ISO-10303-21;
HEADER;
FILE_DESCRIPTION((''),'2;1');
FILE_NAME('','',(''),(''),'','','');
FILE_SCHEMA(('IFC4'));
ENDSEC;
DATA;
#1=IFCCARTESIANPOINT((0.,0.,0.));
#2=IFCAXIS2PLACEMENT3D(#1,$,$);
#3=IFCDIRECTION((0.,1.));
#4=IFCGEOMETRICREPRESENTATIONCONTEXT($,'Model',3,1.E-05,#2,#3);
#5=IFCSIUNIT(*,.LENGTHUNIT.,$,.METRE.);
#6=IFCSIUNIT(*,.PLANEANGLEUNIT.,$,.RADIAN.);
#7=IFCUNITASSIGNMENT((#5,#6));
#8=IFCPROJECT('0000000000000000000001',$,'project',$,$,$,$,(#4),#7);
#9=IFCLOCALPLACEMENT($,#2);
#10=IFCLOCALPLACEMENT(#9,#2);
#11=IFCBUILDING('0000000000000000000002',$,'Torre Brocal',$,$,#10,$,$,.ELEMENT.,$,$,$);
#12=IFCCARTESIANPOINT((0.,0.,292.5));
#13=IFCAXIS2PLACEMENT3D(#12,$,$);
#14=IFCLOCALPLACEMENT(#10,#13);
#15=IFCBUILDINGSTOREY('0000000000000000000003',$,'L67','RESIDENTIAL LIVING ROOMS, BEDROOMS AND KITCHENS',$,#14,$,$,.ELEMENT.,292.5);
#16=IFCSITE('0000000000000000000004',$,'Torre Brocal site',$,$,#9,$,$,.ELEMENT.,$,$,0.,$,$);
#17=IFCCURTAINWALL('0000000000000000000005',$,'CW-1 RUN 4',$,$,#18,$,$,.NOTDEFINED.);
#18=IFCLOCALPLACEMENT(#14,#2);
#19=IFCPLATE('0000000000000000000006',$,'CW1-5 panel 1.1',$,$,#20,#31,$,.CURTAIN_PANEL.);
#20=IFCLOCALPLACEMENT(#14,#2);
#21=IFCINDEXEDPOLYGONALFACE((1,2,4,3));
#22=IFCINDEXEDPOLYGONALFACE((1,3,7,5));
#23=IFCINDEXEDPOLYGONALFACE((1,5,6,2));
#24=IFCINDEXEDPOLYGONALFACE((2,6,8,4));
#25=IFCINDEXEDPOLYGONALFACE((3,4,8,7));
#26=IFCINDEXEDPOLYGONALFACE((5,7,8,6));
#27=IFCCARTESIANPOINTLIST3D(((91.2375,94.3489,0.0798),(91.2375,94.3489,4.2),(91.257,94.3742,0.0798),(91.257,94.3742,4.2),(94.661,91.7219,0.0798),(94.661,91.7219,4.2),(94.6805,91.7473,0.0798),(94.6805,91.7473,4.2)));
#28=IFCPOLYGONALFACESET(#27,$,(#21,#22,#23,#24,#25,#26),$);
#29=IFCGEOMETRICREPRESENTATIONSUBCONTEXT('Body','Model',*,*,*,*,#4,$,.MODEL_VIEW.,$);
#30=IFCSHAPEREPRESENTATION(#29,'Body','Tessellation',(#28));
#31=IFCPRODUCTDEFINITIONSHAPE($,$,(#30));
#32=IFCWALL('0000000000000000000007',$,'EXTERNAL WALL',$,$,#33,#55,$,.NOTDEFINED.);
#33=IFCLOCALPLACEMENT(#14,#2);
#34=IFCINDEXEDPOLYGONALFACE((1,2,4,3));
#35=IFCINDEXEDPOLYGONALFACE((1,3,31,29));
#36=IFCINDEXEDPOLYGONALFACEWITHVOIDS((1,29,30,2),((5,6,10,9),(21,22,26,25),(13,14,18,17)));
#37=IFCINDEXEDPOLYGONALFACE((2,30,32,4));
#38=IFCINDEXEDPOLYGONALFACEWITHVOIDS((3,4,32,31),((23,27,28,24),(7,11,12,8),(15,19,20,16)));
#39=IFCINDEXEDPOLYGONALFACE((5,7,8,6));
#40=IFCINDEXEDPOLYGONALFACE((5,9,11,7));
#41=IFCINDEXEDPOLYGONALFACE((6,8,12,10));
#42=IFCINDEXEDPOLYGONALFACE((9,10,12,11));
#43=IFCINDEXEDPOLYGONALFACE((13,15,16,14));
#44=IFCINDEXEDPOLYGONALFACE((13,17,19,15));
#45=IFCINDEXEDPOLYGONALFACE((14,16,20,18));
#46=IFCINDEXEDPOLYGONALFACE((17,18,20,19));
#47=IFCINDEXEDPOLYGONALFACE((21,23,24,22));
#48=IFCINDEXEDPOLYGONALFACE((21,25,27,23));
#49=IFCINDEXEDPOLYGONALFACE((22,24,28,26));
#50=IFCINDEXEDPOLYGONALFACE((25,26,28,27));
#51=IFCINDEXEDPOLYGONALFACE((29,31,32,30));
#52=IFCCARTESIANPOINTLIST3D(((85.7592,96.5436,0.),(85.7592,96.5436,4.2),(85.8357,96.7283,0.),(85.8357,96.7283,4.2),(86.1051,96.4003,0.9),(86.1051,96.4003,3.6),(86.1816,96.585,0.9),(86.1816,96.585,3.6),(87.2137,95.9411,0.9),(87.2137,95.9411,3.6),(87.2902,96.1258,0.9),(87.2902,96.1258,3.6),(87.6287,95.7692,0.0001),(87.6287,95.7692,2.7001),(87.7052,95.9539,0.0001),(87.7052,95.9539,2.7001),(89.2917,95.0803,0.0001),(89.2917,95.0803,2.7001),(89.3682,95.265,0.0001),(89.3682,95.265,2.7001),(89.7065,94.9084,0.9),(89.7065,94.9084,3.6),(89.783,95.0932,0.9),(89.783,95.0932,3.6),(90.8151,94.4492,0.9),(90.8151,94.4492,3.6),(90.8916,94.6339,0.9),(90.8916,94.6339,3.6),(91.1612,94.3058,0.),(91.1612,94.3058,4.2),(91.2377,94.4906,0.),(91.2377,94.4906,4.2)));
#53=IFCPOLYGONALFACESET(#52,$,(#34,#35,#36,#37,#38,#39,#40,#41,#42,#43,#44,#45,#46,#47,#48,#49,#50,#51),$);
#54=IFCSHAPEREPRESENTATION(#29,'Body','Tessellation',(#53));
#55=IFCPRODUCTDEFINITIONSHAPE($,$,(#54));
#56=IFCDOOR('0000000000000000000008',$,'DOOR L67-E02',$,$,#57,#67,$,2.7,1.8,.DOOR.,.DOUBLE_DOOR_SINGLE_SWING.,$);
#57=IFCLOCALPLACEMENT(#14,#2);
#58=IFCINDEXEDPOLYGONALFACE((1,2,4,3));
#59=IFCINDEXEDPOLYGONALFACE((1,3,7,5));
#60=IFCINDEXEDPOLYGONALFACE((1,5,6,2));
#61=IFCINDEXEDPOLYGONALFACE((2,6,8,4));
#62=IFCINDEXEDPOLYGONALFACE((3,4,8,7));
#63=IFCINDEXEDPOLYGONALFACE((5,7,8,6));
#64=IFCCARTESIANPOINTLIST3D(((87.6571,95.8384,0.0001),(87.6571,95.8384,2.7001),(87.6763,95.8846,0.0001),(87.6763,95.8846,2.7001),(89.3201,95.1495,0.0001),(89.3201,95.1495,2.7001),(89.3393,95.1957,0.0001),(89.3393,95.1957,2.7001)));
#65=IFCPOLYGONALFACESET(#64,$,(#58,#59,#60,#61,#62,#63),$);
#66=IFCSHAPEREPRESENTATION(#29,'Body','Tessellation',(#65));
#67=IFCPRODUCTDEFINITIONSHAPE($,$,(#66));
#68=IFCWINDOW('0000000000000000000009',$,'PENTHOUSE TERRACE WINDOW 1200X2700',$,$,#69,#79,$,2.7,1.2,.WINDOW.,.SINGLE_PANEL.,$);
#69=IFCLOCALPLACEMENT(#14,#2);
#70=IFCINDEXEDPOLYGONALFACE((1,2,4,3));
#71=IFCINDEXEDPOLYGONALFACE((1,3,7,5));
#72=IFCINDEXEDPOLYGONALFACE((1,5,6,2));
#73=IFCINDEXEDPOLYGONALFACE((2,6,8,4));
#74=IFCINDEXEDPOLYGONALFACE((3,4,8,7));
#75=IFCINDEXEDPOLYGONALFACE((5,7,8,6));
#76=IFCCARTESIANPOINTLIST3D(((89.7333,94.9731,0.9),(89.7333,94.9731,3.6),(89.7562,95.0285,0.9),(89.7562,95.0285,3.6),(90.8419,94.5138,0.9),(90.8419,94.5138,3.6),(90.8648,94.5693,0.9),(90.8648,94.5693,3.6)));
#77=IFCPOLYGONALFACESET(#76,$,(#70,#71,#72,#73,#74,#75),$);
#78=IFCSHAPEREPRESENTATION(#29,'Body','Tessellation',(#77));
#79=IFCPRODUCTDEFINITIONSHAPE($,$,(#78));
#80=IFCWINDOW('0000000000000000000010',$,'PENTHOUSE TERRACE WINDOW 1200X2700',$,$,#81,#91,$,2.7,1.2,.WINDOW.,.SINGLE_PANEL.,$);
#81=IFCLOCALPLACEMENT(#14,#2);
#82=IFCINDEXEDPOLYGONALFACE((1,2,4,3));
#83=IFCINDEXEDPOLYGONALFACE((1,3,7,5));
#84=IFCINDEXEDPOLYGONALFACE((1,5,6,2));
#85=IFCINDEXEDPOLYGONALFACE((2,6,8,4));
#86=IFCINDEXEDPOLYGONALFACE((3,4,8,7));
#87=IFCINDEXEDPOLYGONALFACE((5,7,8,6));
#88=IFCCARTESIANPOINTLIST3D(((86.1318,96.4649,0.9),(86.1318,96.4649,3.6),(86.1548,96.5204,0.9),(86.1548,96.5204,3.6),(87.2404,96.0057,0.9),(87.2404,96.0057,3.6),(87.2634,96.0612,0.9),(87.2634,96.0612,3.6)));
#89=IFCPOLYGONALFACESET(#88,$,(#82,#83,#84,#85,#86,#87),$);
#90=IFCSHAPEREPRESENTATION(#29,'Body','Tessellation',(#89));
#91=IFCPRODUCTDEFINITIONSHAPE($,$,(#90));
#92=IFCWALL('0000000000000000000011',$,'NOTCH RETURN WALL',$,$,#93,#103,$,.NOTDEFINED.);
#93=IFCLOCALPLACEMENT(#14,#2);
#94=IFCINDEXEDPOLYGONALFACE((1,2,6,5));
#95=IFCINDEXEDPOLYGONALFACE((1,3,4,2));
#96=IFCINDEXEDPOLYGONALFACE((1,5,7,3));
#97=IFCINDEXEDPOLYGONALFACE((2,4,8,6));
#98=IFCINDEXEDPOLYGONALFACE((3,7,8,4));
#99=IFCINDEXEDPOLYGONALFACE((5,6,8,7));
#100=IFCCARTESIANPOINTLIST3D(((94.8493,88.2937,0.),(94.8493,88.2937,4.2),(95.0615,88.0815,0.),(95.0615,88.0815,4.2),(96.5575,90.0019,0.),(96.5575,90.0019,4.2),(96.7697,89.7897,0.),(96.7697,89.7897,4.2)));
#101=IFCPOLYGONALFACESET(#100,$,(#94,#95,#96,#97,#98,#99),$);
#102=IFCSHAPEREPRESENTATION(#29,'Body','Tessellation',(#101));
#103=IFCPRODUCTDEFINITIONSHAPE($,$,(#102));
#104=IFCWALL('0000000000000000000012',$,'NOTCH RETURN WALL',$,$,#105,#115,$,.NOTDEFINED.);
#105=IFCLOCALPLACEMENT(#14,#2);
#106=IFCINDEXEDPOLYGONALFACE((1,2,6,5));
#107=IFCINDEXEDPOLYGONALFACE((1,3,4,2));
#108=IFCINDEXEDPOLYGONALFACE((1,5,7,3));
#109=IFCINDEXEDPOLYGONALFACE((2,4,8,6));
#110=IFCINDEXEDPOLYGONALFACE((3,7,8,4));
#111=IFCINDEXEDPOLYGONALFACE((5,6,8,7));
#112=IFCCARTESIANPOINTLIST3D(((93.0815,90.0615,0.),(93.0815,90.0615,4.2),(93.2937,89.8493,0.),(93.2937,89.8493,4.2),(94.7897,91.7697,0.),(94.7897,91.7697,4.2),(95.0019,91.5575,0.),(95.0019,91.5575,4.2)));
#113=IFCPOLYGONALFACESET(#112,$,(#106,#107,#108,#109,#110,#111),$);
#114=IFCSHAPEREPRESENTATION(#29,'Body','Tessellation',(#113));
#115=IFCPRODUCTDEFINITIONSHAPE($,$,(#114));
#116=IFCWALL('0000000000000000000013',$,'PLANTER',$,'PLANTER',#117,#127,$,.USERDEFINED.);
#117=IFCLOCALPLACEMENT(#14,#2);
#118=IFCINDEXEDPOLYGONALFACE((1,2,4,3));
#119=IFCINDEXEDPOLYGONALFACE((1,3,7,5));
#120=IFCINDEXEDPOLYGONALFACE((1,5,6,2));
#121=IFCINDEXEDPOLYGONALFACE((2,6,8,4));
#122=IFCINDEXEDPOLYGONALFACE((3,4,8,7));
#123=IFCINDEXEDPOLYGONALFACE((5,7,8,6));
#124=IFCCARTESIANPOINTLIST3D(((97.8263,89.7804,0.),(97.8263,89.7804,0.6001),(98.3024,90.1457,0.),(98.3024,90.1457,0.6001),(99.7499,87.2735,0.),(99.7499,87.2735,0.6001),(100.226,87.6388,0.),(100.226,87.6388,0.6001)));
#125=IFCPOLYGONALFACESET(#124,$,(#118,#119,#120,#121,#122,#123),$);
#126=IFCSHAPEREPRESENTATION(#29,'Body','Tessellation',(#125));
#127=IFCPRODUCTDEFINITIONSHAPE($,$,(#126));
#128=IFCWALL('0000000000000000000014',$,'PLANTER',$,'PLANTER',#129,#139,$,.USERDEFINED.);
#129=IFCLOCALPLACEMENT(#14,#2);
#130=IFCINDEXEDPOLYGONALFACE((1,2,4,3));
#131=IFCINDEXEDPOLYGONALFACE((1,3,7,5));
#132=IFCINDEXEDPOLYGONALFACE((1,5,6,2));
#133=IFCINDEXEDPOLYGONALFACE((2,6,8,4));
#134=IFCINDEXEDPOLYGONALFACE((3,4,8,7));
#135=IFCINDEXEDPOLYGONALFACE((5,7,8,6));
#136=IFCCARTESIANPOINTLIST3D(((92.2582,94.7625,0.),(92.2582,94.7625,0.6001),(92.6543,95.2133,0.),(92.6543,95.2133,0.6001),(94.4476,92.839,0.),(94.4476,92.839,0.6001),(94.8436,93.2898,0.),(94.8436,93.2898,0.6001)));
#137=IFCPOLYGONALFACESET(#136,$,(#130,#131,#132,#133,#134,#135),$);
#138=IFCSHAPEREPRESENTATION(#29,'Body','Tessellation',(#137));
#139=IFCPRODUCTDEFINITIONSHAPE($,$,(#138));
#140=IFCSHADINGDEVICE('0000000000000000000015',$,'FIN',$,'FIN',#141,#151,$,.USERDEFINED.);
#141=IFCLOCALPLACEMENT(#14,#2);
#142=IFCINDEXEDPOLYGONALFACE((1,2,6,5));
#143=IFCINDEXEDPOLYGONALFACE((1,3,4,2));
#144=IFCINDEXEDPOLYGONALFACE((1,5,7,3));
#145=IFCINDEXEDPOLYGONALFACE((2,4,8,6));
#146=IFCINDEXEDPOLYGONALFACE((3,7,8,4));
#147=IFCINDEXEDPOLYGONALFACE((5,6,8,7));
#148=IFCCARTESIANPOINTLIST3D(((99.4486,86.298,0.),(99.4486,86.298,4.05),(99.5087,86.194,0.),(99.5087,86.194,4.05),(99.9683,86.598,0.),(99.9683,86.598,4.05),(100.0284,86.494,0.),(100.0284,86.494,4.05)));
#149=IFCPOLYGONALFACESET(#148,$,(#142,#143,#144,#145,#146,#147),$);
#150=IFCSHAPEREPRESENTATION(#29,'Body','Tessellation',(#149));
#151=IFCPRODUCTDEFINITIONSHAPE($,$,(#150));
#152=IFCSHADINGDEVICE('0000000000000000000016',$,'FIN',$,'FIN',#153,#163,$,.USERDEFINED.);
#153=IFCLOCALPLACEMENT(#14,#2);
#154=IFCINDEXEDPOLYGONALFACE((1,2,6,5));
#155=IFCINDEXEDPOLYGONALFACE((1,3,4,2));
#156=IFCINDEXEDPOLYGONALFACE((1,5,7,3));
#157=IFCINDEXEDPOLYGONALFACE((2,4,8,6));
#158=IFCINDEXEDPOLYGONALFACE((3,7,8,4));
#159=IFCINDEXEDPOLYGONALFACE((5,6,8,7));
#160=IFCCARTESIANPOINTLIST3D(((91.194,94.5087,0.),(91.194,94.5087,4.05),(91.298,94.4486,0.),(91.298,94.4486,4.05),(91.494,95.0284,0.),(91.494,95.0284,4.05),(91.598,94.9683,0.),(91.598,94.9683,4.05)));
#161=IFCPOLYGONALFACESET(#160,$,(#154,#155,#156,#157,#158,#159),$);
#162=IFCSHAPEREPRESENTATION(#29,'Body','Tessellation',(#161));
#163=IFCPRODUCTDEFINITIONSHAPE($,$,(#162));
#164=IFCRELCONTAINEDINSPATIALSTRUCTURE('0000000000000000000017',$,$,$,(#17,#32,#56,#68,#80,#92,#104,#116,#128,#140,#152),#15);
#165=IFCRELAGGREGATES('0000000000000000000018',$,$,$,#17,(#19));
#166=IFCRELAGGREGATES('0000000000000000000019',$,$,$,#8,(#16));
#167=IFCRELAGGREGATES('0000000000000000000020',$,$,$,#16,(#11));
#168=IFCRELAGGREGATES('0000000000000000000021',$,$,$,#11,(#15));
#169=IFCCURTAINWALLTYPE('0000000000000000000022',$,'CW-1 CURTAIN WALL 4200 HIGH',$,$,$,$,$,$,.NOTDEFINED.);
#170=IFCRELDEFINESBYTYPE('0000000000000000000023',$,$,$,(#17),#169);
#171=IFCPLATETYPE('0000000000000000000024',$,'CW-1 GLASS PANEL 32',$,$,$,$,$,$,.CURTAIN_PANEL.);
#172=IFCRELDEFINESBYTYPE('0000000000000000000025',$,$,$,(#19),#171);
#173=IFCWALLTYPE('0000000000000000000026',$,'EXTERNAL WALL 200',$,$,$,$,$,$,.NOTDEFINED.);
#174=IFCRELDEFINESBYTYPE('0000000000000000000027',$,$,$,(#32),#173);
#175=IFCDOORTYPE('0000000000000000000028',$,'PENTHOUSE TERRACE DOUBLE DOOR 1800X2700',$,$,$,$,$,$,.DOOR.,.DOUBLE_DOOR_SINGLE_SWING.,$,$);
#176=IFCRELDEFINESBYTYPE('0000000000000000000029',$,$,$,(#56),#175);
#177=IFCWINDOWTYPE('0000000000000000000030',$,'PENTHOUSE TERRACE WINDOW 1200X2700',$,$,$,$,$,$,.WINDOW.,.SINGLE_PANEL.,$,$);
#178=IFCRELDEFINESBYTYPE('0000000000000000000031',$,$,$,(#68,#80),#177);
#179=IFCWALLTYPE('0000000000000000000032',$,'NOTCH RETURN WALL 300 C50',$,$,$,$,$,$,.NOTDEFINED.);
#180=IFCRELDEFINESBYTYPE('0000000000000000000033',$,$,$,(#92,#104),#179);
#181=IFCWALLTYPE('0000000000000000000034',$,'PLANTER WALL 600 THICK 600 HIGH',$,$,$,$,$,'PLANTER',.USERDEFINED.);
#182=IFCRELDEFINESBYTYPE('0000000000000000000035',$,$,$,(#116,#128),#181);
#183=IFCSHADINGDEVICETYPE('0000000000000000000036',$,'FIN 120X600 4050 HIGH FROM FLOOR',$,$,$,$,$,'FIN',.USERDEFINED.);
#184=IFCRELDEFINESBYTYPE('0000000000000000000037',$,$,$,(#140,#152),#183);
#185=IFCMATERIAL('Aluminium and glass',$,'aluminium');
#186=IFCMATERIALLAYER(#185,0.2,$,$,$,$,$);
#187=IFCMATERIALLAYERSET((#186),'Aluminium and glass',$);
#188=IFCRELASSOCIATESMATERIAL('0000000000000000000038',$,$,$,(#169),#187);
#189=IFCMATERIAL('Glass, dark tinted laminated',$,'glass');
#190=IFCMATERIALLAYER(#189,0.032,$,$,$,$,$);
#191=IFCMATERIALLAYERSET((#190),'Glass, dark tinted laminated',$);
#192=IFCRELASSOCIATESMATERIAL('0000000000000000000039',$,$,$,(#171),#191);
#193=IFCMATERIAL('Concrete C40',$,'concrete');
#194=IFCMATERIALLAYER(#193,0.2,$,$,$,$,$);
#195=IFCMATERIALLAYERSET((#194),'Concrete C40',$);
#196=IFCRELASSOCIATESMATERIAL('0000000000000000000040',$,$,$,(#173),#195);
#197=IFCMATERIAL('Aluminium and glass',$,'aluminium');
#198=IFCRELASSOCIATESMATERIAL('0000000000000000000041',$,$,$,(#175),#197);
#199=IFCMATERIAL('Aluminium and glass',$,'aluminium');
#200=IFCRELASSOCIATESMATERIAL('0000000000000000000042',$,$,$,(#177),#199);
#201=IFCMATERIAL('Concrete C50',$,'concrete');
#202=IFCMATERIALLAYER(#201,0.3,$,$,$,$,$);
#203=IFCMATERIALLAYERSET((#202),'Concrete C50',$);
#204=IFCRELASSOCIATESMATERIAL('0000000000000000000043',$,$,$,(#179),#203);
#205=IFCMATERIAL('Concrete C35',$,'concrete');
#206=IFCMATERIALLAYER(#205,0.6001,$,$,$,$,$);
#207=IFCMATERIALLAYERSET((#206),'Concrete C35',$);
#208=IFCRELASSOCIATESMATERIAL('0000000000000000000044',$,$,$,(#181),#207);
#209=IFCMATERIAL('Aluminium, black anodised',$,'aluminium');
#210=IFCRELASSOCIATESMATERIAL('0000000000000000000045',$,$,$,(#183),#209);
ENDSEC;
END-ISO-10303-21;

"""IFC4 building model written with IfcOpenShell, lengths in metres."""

from ifc_helpers import new_model, si_unit, direction, frame, frame_2d, origin, origin_2d, place, context, subcontext, project, spatial, rectangle, extrude, material, layer, layer_set, material_profile, profile_set, type_object, element, fill, aggregate, save


model = new_model("IFC4")

# Units and contexts
model_context = context("Model", 3, precision=1e-05, world=origin(), true_north=direction((0.0, 1.0)))
body_context = subcontext(model_context, "Body", "Model", "MODEL_VIEW")
ifc_project = project(units=[si_unit("LENGTHUNIT", "METRE"), si_unit("PLANEANGLEUNIT", "RADIAN")], contexts=[model_context])

# Site, building, storey
site_placement = place(None, origin())
site = spatial("IfcSite", under=ifc_project, at=site_placement, Name="Torre Brocal site", CompositionType="ELEMENT", RefElevation=0.0)
building_placement = place(site_placement, origin())
building = spatial("IfcBuilding", under=site, at=building_placement, Name="Torre Brocal", CompositionType="ELEMENT")
storey_placement = place(building_placement, frame((0.0, 0.0, 292.5)))
storey = spatial("IfcBuildingStorey", under=building, at=storey_placement, Name="L67", Description="RESIDENTIAL LIVING ROOMS, BEDROOMS AND KITCHENS", CompositionType="ELEMENT", Elevation=292.5)

# Curtain wall
ifc_material_1 = material(Name="Aluminium and glass", Category="aluminium")
ifc_layer_1 = layer(ifc_material_1, 0.2)
ifc_layer_set_1 = layer_set([ifc_layer_1], Name="Aluminium and glass")
curtain_wall_type = type_object("IfcCurtainWallType", Name="CW-1 CURTAIN WALL 4200 HIGH", PredefinedType="NOTDEFINED", material=ifc_layer_set_1)
curtain_wall_1_placement = place(storey_placement, origin())
curtain_wall_1 = element("IfcCurtainWall", 1, at=curtain_wall_1_placement, inside=storey, type_object=curtain_wall_type, Name="CW-1 RUN 4", PredefinedType="NOTDEFINED")

# Plate
ifc_material_2 = material(Name="Glass, dark tinted laminated", Category="glass")
ifc_layer_2 = layer(ifc_material_2, 0.032)
ifc_layer_set_2 = layer_set([ifc_layer_2], Name="Glass, dark tinted laminated")
plate_type = type_object("IfcPlateType", Name="CW-1 GLASS PANEL 32", PredefinedType="CURTAIN_PANEL", material=ifc_layer_set_2)
plate_1_placement = place(storey_placement, frame((92.959, 93.0481, 0.0798), z_axis=(0.0, 0.0, 1.0), x_axis=(-0.793353, 0.608761, 0.0)))
plate_1 = element("IfcPlate", 2, at=plate_1_placement, type_object=plate_type, Name="CW1-5 panel 1.1", PredefinedType="CURTAIN_PANEL", context=body_context, shape_type="SweptSolid", body=[
    extrude(rectangle(XDim=4.3152, YDim=0.032, at=origin_2d()), origin(), (0.0, 0.0, 1.0), 4.1201),
])
aggregate(curtain_wall_1, [plate_1])

# Wall, openings, door, windows
ifc_material_3 = material(Name="Concrete C40", Category="concrete")
ifc_layer_3 = layer(ifc_material_3, 0.2)
ifc_layer_set_3 = layer_set([ifc_layer_3], Name="Concrete C40")
wall_type_1 = type_object("IfcWallType", Name="EXTERNAL WALL 200", PredefinedType="NOTDEFINED", material=ifc_layer_set_3)
wall_1_placement = place(storey_placement, frame((91.1995, 94.3982, 0.0), z_axis=(0.0, 0.0, 1.0), x_axis=(-0.923869, 0.382708, 0.0)))
wall_1 = element("IfcWall", 3, at=wall_1_placement, inside=storey, type_object=wall_type_1, Name="EXTERNAL WALL", PredefinedType="NOTDEFINED", context=body_context, shape_type="SweptSolid", body=[
    extrude(rectangle(XDim=5.8472, YDim=0.2, at=frame_2d((2.9236, 0.0))), origin(), (0.0, 0.0, 1.0), 4.2),
])
opening_1_placement = place(wall_1_placement, frame((0.3745, 0.0, 0.8999)))
opening_1 = element("IfcOpeningElement", 4, at=opening_1_placement, cuts=wall_1, PredefinedType="OPENING", context=body_context, shape_type="SweptSolid", body=[
    extrude(rectangle(XDim=1.2, YDim=2.7, at=frame_2d((0.6001, 1.3501))), frame((0.0, 0.1099, 0.0), z_axis=(0.0, -1.0, 0.0), x_axis=(1.0, 0.0, 0.0)), (0.0, 0.0, 1.0), 0.22),
])
opening_2_placement = place(wall_1_placement, frame((2.0237, 0.0, 0.0)))
opening_2 = element("IfcOpeningElement", 5, at=opening_2_placement, cuts=wall_1, PredefinedType="OPENING", context=body_context, shape_type="SweptSolid", body=[
    extrude(rectangle(XDim=1.8, YDim=2.7, at=frame_2d((0.8999, 1.3501))), frame((0.0, 0.1099, 0.0), z_axis=(0.0, -1.0, 0.0), x_axis=(1.0, 0.0, 0.0)), (0.0, 0.0, 1.0), 0.22),
])
opening_3_placement = place(wall_1_placement, frame((4.2727, 0.0, 0.8999)))
opening_3 = element("IfcOpeningElement", 6, at=opening_3_placement, cuts=wall_1, PredefinedType="OPENING", context=body_context, shape_type="SweptSolid", body=[
    extrude(rectangle(XDim=1.2, YDim=2.7, at=frame_2d((0.6001, 1.3501))), frame((0.0, 0.1099, 0.0), z_axis=(0.0, -1.0, 0.0), x_axis=(1.0, 0.0, 0.0)), (0.0, 0.0, 1.0), 0.22),
])
ifc_material_4 = material(Name="Aluminium and glass", Category="aluminium")
door_type = type_object("IfcDoorType", Name="PENTHOUSE TERRACE DOUBLE DOOR 1800X2700", OperationType="DOUBLE_DOOR_SINGLE_SWING", PredefinedType="DOOR", material=ifc_material_4)
door_placement = place(opening_2_placement, frame((1.8, 0.0, 0.0), z_axis=(0.0, 0.0, 1.0), x_axis=(-1.0, 0.0, 0.0)))
door = element("IfcDoor", 7, at=door_placement, inside=storey, type_object=door_type, Name="DOOR L67-E02", OperationType="DOUBLE_DOOR_SINGLE_SWING", OverallHeight=2.7, OverallWidth=1.8, PredefinedType="DOOR", context=body_context, shape_type="SweptSolid", body=[
    extrude(rectangle(XDim=1.8, YDim=2.7, at=frame_2d((0.8999, 1.3501))), frame((0.0, 0.0249, 0.0), z_axis=(0.0, -1.0, 0.0), x_axis=(1.0, 0.0, 0.0)), (0.0, 0.0, 1.0), 0.05),
])
fill(opening_2, door)
ifc_material_5 = material(Name="Aluminium and glass", Category="aluminium")
window_type = type_object("IfcWindowType", Name="PENTHOUSE TERRACE WINDOW 1200X2700", PartitioningType="SINGLE_PANEL", PredefinedType="WINDOW", material=ifc_material_5)
window_1_placement = place(opening_1_placement, origin())
window_1 = element("IfcWindow", 8, at=window_1_placement, inside=storey, type_object=window_type, Name="PENTHOUSE TERRACE WINDOW 1200X2700", OverallHeight=2.7, OverallWidth=1.2, PartitioningType="SINGLE_PANEL", PredefinedType="WINDOW", context=body_context, shape_type="SweptSolid", body=[
    extrude(rectangle(XDim=1.2, YDim=2.7, at=frame_2d((0.6001, 1.3501))), frame((0.0, 0.03, 0.0), z_axis=(0.0, -1.0, 0.0), x_axis=(1.0, 0.0, 0.0)), (0.0, 0.0, 1.0), 0.0601),
])
fill(opening_1, window_1)
window_2_placement = place(opening_3_placement, origin())
window_2 = element("IfcWindow", 9, at=window_2_placement, inside=storey, type_object=window_type, Name="PENTHOUSE TERRACE WINDOW 1200X2700", OverallHeight=2.7, OverallWidth=1.2, PartitioningType="SINGLE_PANEL", PredefinedType="WINDOW", context=body_context, shape_type="SweptSolid", body=[
    extrude(rectangle(XDim=1.2, YDim=2.7, at=frame_2d((0.6001, 1.3501))), frame((0.0, 0.03, 0.0), z_axis=(0.0, -1.0, 0.0), x_axis=(1.0, 0.0, 0.0)), (0.0, 0.0, 1.0), 0.0601),
])
fill(opening_3, window_2)

# Walls
ifc_material_6 = material(Name="Concrete C50", Category="concrete")
ifc_layer_4 = layer(ifc_material_6, 0.3)
ifc_layer_set_4 = layer_set([ifc_layer_4], Name="Concrete C50")
wall_type_2 = type_object("IfcWallType", Name="NOTCH RETURN WALL 300 C50", PredefinedType="NOTDEFINED", material=ifc_layer_set_4)
for number, where, z_axis, x_axis, name in (
    (10, (94.9553, 88.1875, 0.0), (0.0, 0.0, 1.0), (0.707107, 0.707107, 0.0), "NOTCH RETURN WALL"),
    (11, (93.1875, 89.9553, 0.0), (0.0, 0.0, 1.0), (0.707107, 0.707107, 0.0), "NOTCH RETURN WALL"),
):
    element("IfcWall", number, at=place(storey_placement, frame(where, z_axis=z_axis, x_axis=x_axis)), inside=storey, type_object=wall_type_2, Name=name, PredefinedType="NOTDEFINED", context=body_context, shape_type="SweptSolid", body=[
        extrude(rectangle(XDim=2.4158, YDim=0.3, at=frame_2d((1.208, 0.0))), origin(), (0.0, 0.0, 1.0), 4.2),
    ])
ifc_material_7 = material(Name="Concrete C35", Category="concrete")
ifc_layer_5 = layer(ifc_material_7, 0.6001)
ifc_layer_set_5 = layer_set([ifc_layer_5], Name="Concrete C35")
wall_type_3 = type_object("IfcWallType", Name="PLANTER WALL 600 THICK 600 HIGH", ElementType="PLANTER", PredefinedType="USERDEFINED", material=ifc_layer_set_5)
wall_2_placement = place(storey_placement, frame((99.988, 87.4561, 0.0), z_axis=(0.0, 0.0, 1.0), x_axis=(-0.608766, 0.79335, 0.0)))
element("IfcWall", 12, at=wall_2_placement, inside=storey, type_object=wall_type_3, Name="PLANTER", ObjectType="PLANTER", PredefinedType="USERDEFINED", context=body_context, shape_type="SweptSolid", body=[
    extrude(rectangle(XDim=3.1599, YDim=0.6001, at=frame_2d((1.5801, 0.0))), origin(), (0.0, 0.0, 1.0), 0.6001),
])
wall_3_placement = place(storey_placement, frame((94.6455, 93.0645, 0.0), z_axis=(0.0, 0.0, 1.0), x_axis=(-0.751247, 0.660022, 0.0)))
element("IfcWall", 13, at=wall_3_placement, inside=storey, type_object=wall_type_3, Name="PLANTER", ObjectType="PLANTER", PredefinedType="USERDEFINED", context=body_context, shape_type="SweptSolid", body=[
    extrude(rectangle(XDim=2.9143, YDim=0.6001, at=frame_2d((1.457, 0.0))), origin(), (0.0, 0.0, 1.0), 0.6001),
])

# Shading devices
ifc_material_8 = material(Name="Aluminium, black anodised", Category="aluminium")
ifc_material_profile_1 = material_profile(ifc_material_8, rectangle(XDim=0.1201, YDim=0.6001, at=origin_2d()), Name="FIN 120X600 4050 HIGH FROM FLOOR")
ifc_profile_set_1 = profile_set([ifc_material_profile_1], Name="Aluminium, black anodised")
shading_device_type = type_object("IfcShadingDeviceType", Name="FIN 120X600 4050 HIGH FROM FLOOR", ElementType="FIN", PredefinedType="USERDEFINED", material=ifc_profile_set_1)
for number, where, z_axis, x_axis, name in (
    (14, (99.7385, 86.396, 0.0), (0.0, 0.0, 1.0), (-0.5, 0.866025, 0.0), "FIN"),
    (15, (91.396, 94.7385, 0.0), (0.0, 0.0, 1.0), (-0.866025, 0.5, 0.0), "FIN"),
):
    element("IfcShadingDevice", number, at=place(storey_placement, frame(where, z_axis=z_axis, x_axis=x_axis)), inside=storey, type_object=shading_device_type, Name=name, ObjectType="FIN", PredefinedType="USERDEFINED", context=body_context, shape_type="SweptSolid", body=[
        extrude(rectangle(XDim=0.1201, YDim=0.6001, at=origin_2d()), origin(), (0.0, 0.0, 1.0), 4.05),
    ])

save(model, "model.ifc")
